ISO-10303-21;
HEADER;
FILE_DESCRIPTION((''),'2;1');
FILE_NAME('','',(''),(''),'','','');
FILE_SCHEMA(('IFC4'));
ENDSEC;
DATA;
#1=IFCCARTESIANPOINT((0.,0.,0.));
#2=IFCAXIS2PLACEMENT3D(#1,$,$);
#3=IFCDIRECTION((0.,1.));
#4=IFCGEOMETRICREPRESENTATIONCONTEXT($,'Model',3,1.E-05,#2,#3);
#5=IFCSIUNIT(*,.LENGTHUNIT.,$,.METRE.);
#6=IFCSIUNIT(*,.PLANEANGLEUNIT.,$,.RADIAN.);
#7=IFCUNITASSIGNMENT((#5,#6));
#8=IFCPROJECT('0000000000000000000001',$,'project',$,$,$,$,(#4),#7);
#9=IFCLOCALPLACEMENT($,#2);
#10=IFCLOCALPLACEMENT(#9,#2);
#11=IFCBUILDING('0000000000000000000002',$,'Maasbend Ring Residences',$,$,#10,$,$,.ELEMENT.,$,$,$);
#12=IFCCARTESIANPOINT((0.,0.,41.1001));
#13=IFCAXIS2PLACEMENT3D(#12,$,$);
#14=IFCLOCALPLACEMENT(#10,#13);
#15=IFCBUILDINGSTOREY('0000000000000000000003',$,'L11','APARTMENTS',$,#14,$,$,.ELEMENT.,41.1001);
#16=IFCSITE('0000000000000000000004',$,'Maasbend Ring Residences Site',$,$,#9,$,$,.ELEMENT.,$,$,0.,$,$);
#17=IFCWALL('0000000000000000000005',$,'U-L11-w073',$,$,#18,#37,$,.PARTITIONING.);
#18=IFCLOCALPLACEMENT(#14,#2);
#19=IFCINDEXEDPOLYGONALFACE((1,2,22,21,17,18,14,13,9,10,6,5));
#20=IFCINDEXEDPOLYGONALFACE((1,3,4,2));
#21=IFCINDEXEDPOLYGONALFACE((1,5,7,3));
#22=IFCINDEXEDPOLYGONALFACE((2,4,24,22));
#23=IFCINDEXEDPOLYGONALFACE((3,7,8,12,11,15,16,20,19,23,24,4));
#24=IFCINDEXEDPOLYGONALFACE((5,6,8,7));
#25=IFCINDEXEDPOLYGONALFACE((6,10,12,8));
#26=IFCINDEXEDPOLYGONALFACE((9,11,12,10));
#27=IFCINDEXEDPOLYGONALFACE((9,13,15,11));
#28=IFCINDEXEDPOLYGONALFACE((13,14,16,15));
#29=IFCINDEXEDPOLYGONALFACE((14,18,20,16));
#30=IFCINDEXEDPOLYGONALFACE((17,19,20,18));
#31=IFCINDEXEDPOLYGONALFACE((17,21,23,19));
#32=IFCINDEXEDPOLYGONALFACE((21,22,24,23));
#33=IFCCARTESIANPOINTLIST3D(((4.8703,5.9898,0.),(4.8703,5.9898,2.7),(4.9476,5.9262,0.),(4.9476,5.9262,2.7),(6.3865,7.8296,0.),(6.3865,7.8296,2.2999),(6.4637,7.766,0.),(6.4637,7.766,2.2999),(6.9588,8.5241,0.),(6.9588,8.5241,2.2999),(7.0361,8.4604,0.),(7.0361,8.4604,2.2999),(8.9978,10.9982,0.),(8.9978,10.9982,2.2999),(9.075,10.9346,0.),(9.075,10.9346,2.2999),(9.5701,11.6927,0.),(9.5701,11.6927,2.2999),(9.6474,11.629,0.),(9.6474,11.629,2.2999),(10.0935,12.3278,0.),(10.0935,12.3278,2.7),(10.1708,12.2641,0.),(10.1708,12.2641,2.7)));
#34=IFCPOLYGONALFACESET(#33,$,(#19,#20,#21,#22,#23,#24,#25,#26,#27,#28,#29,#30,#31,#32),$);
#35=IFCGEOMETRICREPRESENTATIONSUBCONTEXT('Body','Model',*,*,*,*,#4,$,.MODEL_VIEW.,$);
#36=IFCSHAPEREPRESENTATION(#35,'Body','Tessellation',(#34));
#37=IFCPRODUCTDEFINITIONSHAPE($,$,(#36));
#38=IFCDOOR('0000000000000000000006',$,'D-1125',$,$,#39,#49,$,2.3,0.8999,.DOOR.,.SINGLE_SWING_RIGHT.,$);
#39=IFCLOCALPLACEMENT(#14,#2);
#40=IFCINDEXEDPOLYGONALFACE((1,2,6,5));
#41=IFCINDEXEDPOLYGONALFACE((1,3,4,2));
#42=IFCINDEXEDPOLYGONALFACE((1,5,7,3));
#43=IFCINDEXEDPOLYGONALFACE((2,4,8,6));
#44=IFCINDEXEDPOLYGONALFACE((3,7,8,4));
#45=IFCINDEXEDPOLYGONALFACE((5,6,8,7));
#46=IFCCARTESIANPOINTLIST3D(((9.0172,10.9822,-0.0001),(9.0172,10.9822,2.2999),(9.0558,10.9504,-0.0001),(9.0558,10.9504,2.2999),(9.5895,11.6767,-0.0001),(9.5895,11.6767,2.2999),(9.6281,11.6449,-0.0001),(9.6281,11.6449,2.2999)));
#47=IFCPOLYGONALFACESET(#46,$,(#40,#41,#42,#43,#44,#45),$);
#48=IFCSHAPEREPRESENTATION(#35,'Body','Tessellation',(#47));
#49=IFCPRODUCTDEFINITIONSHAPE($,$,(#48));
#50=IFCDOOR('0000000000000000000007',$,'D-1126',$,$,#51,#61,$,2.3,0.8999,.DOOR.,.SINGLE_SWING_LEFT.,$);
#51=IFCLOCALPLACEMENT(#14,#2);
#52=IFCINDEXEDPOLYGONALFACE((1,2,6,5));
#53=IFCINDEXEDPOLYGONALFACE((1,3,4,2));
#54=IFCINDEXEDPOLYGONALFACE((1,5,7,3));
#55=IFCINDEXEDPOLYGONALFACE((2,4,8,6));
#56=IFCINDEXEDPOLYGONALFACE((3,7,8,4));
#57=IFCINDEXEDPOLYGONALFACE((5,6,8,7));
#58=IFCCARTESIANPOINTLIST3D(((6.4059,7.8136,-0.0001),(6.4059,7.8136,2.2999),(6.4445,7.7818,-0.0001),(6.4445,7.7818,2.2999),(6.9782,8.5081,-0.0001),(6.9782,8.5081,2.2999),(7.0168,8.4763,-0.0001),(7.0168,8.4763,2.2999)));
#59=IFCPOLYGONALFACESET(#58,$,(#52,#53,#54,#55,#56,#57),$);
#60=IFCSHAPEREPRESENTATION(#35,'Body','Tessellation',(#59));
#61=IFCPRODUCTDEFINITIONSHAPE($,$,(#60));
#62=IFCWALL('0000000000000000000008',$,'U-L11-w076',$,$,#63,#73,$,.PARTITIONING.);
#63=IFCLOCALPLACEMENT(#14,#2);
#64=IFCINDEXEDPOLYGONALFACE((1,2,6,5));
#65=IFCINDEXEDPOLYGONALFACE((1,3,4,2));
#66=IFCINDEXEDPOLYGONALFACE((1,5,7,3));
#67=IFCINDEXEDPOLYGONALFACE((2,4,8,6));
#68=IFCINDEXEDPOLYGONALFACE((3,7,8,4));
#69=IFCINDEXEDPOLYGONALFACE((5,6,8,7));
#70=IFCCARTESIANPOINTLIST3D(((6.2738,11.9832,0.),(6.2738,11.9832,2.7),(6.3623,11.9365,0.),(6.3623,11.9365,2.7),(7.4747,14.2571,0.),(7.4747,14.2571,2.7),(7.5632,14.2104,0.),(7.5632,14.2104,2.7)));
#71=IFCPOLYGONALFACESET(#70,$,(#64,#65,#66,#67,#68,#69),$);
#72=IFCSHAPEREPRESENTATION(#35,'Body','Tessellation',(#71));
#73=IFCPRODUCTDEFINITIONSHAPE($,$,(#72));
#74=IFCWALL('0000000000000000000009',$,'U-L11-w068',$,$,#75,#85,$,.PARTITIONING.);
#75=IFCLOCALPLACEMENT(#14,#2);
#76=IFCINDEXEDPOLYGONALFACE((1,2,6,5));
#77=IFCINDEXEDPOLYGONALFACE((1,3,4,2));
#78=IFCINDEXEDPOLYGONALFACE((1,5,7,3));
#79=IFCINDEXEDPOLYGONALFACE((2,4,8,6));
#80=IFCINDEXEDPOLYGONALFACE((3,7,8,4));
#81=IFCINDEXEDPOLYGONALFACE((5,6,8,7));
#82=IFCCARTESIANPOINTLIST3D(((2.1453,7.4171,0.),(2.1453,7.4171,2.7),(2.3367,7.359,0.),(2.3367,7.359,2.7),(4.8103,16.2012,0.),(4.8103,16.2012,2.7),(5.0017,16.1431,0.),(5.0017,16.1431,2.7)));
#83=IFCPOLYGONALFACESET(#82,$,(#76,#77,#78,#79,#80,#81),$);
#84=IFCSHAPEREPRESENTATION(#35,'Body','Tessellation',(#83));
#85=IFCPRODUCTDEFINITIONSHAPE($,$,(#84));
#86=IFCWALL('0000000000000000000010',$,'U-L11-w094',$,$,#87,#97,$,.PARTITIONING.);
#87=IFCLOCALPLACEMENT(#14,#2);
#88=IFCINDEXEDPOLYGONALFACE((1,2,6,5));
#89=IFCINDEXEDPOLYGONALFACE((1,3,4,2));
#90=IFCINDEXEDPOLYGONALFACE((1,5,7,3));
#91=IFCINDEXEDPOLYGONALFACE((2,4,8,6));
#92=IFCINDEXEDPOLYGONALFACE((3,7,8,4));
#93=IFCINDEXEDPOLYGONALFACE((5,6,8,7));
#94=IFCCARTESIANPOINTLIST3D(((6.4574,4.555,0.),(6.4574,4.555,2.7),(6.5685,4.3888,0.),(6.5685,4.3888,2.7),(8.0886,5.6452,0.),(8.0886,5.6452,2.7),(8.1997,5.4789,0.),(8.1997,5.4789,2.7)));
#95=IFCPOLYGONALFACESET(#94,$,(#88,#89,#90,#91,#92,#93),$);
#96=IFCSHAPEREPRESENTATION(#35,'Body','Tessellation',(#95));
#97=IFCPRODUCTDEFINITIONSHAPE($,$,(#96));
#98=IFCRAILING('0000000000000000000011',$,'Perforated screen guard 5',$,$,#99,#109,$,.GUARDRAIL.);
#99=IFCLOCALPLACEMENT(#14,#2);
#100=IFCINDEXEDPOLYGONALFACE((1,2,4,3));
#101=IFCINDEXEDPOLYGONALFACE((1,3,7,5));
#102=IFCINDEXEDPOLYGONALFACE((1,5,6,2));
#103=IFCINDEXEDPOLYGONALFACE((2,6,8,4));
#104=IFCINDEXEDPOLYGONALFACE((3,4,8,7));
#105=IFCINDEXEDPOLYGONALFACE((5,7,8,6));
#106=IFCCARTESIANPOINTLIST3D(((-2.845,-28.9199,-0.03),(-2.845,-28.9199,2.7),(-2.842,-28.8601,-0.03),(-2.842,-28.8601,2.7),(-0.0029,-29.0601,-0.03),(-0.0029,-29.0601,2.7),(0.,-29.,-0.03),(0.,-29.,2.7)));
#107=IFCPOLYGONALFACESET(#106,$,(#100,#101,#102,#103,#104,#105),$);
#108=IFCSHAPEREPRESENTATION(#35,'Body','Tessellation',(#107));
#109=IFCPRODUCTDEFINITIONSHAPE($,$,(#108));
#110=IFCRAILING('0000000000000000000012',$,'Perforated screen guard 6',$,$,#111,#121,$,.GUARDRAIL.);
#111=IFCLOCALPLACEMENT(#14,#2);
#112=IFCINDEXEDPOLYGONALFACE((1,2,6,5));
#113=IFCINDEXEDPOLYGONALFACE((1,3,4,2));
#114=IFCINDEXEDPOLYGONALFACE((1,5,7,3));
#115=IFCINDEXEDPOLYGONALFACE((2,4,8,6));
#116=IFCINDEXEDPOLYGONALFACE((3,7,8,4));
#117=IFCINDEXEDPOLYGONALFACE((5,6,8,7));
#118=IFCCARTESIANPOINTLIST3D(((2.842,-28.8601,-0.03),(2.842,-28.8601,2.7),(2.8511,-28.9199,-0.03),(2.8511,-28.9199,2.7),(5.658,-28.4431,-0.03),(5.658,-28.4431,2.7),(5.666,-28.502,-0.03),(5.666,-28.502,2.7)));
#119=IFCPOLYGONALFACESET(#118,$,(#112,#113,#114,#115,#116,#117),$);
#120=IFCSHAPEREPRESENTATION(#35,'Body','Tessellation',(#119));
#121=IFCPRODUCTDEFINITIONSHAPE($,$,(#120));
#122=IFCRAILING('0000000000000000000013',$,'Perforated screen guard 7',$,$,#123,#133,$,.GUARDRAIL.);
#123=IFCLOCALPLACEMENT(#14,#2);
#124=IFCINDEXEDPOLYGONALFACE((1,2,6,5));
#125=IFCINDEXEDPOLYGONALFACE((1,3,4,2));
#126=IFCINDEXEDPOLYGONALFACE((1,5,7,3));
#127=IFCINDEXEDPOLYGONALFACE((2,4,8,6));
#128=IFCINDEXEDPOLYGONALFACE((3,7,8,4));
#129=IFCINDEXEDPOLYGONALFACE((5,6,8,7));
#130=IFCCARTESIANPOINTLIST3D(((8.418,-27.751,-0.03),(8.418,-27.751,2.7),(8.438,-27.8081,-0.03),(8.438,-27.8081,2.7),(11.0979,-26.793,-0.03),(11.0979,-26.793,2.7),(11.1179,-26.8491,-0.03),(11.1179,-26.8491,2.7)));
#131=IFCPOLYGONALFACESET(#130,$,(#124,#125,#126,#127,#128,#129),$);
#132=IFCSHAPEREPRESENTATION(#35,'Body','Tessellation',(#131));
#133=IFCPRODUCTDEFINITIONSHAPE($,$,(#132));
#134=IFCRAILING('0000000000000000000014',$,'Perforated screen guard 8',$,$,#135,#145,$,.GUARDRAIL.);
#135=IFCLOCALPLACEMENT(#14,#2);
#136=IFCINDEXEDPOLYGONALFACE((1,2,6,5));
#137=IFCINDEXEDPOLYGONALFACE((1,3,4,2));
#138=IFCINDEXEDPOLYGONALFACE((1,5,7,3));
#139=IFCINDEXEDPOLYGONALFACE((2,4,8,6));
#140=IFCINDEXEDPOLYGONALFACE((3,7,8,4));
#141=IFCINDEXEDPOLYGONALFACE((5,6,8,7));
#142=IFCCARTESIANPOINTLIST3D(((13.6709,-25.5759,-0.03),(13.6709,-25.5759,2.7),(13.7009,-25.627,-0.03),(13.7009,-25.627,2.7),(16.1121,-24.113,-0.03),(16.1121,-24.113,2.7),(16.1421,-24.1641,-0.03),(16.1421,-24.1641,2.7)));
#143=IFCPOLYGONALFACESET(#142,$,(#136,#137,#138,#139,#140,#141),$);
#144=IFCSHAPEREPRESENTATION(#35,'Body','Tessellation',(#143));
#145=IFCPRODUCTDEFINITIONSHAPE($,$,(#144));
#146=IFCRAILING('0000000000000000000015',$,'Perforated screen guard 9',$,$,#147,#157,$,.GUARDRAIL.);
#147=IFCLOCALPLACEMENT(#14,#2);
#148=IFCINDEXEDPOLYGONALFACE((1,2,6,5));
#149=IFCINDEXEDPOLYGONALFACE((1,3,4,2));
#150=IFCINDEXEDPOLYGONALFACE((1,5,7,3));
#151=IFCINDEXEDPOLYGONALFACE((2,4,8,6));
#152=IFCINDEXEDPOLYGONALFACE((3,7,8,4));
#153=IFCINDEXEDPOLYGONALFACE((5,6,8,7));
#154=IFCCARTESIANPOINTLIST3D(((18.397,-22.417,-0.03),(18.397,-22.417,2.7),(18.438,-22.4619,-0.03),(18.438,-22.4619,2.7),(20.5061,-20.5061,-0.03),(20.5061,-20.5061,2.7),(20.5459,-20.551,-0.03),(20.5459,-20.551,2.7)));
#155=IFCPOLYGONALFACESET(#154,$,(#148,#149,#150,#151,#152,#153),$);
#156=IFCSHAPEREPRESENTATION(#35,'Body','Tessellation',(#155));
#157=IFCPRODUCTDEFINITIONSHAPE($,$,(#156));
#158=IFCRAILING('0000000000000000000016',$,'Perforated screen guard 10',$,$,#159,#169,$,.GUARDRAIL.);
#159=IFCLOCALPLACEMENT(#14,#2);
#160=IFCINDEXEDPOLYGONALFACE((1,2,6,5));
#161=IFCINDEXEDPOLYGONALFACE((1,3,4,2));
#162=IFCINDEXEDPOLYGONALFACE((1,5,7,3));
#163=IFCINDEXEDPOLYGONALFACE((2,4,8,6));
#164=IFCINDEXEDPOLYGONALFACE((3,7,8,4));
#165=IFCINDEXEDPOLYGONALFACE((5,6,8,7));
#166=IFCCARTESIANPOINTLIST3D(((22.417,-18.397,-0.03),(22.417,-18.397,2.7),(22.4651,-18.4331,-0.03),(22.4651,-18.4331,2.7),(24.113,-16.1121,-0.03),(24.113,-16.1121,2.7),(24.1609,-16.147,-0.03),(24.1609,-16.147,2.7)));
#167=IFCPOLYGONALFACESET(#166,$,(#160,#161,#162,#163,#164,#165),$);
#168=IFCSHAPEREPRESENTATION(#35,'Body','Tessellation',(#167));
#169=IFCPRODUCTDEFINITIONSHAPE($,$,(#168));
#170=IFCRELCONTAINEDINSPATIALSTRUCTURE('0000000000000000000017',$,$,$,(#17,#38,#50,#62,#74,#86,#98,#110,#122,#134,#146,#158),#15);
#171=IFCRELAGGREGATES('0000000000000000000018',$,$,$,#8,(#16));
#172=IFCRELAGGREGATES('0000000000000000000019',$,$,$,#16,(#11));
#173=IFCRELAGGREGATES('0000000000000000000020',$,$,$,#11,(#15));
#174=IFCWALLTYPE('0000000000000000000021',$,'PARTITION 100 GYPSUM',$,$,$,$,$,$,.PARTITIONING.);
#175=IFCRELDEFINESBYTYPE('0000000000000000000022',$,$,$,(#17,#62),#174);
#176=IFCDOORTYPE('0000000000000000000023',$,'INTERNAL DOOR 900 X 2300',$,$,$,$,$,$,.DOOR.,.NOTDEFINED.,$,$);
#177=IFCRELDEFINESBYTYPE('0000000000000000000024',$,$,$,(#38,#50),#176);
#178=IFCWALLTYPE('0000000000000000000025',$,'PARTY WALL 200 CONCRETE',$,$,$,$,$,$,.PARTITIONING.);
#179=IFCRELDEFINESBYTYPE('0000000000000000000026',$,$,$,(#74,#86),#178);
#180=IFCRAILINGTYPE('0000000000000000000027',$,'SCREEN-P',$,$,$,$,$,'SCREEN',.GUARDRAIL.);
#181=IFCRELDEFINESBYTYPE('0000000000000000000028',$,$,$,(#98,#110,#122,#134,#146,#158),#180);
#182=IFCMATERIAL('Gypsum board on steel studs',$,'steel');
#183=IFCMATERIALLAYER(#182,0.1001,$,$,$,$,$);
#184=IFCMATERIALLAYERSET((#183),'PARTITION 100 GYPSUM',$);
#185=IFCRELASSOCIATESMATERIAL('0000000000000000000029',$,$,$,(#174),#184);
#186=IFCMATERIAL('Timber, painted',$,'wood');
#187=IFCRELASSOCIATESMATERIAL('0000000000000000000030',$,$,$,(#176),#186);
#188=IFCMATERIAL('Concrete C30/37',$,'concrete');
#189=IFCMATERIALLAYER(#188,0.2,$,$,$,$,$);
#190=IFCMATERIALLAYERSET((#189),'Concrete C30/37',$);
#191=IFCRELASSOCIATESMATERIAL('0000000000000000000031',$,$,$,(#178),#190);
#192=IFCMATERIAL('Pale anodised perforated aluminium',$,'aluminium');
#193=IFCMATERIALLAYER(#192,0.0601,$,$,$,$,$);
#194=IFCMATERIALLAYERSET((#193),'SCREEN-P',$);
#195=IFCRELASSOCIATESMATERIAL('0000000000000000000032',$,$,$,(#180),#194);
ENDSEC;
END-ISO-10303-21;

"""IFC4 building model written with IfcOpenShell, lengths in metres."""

from ifc_helpers import new_model, si_unit, direction, frame, frame_2d, origin, place, context, subcontext, project, spatial, polyline, rectangle, outline, extrude, material, layer, layer_set, type_object, element, fill, save


model = new_model("IFC4")

# Units and contexts
model_context = context("Model", 3, precision=1e-05, world=origin(), true_north=direction((0.0, 1.0)))
body_context = subcontext(model_context, "Body", "Model", "MODEL_VIEW")
ifc_project = project(units=[si_unit("LENGTHUNIT", "METRE"), si_unit("PLANEANGLEUNIT", "RADIAN")], contexts=[model_context])

# Site, building, storey
site_placement = place(None, origin())
site = spatial("IfcSite", under=ifc_project, at=site_placement, Name="Maasbend Ring Residences Site", CompositionType="ELEMENT", RefElevation=0.0)
building_placement = place(site_placement, origin())
building = spatial("IfcBuilding", under=site, at=building_placement, Name="Maasbend Ring Residences", CompositionType="ELEMENT")
storey_placement = place(building_placement, frame((0.0, 0.0, 41.1001)))
storey = spatial("IfcBuildingStorey", under=building, at=storey_placement, Name="L11", Description="APARTMENTS", CompositionType="ELEMENT", Elevation=41.1001)

# Wall, openings, doors
ifc_material_1 = material(Name="Gypsum board on steel studs", Category="steel")
ifc_layer_1 = layer(ifc_material_1, 0.1001)
ifc_layer_set_1 = layer_set([ifc_layer_1], Name="PARTITION 100 GYPSUM")
wall_type_1 = type_object("IfcWallType", Name="PARTITION 100 GYPSUM", PredefinedType="PARTITIONING", material=ifc_layer_set_1)
ifc_material_2 = material(Name="Timber, painted", Category="wood")
door_type = type_object("IfcDoorType", Name="INTERNAL DOOR 900 X 2300", OperationType="NOTDEFINED", PredefinedType="DOOR", material=ifc_material_2)
wall_1_placement = place(storey_placement, frame((4.9089, 5.958, 0.0), z_axis=(0.0, 0.0, 1.0), x_axis=(0.635976, 0.771709, 0.0)))
wall_1 = element("IfcWall", 1, at=wall_1_placement, inside=storey, type_object=wall_type_1, Name="U-L11-w073", PredefinedType="PARTITIONING", context=body_context, shape_type="SweptSolid", body=[
    extrude(rectangle(XDim=8.2129, YDim=0.1001, at=frame_2d((4.1064, 0.0))), origin(), (0.0, 0.0, 1.0), 2.7),
])
opening_1_placement = place(wall_1_placement, frame((6.49, 0.0, 0.0)))
opening_1 = element("IfcOpeningElement", 2, at=opening_1_placement, cuts=wall_1, PredefinedType="OPENING", context=body_context, shape_type="SweptSolid", body=[
    extrude(rectangle(XDim=0.8999, YDim=2.3, at=frame_2d((0.45, 1.1499))), frame((0.0, 0.0601, 0.0), z_axis=(0.0, -1.0, 0.0), x_axis=(1.0, 0.0, 0.0)), (0.0, 0.0, 1.0), 0.1201),
])
opening_2_placement = place(wall_1_placement, frame((2.384, 0.0, 0.0)))
opening_2 = element("IfcOpeningElement", 3, at=opening_2_placement, cuts=wall_1, PredefinedType="OPENING", context=body_context, shape_type="SweptSolid", body=[
    extrude(rectangle(XDim=0.8999, YDim=2.3, at=frame_2d((0.45, 1.1499))), frame((0.0, 0.0601, 0.0), z_axis=(0.0, -1.0, 0.0), x_axis=(1.0, 0.0, 0.0)), (0.0, 0.0, 1.0), 0.1201),
])
door_1_placement = place(opening_1_placement, origin())
door_1 = element("IfcDoor", 4, at=door_1_placement, inside=storey, type_object=door_type, Name="D-1125", OperationType="SINGLE_SWING_RIGHT", OverallHeight=2.3, OverallWidth=0.8999, PredefinedType="DOOR", context=body_context, shape_type="SweptSolid", body=[
    extrude(rectangle(XDim=0.8999, YDim=2.3, at=frame_2d((0.45, 1.1499))), frame((0.0, 0.0249, 0.0), z_axis=(0.0, -1.0, 0.0), x_axis=(1.0, 0.0, 0.0)), (0.0, 0.0, 1.0), 0.05),
])
fill(opening_1, door_1)
door_2_placement = place(opening_2_placement, origin())
door_2 = element("IfcDoor", 5, at=door_2_placement, inside=storey, type_object=door_type, Name="D-1126", OperationType="SINGLE_SWING_LEFT", OverallHeight=2.3, OverallWidth=0.8999, PredefinedType="DOOR", context=body_context, shape_type="SweptSolid", body=[
    extrude(rectangle(XDim=0.8999, YDim=2.3, at=frame_2d((0.45, 1.1499))), frame((0.0, 0.0249, 0.0), z_axis=(0.0, -1.0, 0.0), x_axis=(1.0, 0.0, 0.0)), (0.0, 0.0, 1.0), 0.05),
])
fill(opening_2, door_2)

# Walls
wall_2_placement = place(storey_placement, frame((6.3181, 11.96, 0.0), z_axis=(0.0, 0.0, 1.0), x_axis=(0.467002, 0.884256, 0.0)))
element("IfcWall", 6, at=wall_2_placement, inside=storey, type_object=wall_type_1, Name="U-L11-w076", PredefinedType="PARTITIONING", context=body_context, shape_type="SweptSolid", body=[
    extrude(rectangle(XDim=2.5715, YDim=0.1001, at=frame_2d((1.2856, 0.0))), origin(), (0.0, 0.0, 1.0), 2.7),
])
ifc_material_3 = material(Name="Concrete C30/37", Category="concrete")
ifc_layer_2 = layer(ifc_material_3, 0.2)
ifc_layer_set_2 = layer_set([ifc_layer_2], Name="Concrete C30/37")
wall_type_2 = type_object("IfcWallType", Name="PARTY WALL 200 CONCRETE", PredefinedType="PARTITIONING", material=ifc_layer_set_2)
wall_3_placement = place(storey_placement, frame((2.241, 7.3879, 0.0), z_axis=(0.0, 0.0, 1.0), x_axis=(0.290323, 0.956929, 0.0)))
element("IfcWall", 7, at=wall_3_placement, inside=storey, type_object=wall_type_2, Name="U-L11-w068", PredefinedType="PARTITIONING", context=body_context, shape_type="SweptSolid", body=[
    extrude(rectangle(XDim=9.1794, YDim=0.2, at=frame_2d((4.5898, 0.0))), origin(), (0.0, 0.0, 1.0), 2.7),
])
wall_4_placement = place(storey_placement, frame((6.5129, 4.4719, 0.0), z_axis=(0.0, 0.0, 1.0), x_axis=(0.831418, 0.555648, 0.0)))
element("IfcWall", 8, at=wall_4_placement, inside=storey, type_object=wall_type_2, Name="U-L11-w094", PredefinedType="PARTITIONING", context=body_context, shape_type="SweptSolid", body=[
    extrude(rectangle(XDim=1.9619, YDim=0.2, at=frame_2d((0.981, 0.0))), origin(), (0.0, 0.0, 1.0), 2.7),
])

# Railings
ifc_material_4 = material(Name="Pale anodised perforated aluminium", Category="aluminium")
ifc_layer_3 = layer(ifc_material_4, 0.0601)
ifc_layer_set_3 = layer_set([ifc_layer_3], Name="SCREEN-P")
railing_type = type_object("IfcRailingType", Name="SCREEN-P", ElementType="SCREEN", PredefinedType="GUARDRAIL", material=ifc_layer_set_3)
railing_1_placement = place(storey_placement, frame((0.0, 0.0, -0.03)))
element("IfcRailing", 9, at=railing_1_placement, inside=storey, type_object=railing_type, Name="Perforated screen guard 5", PredefinedType="GUARDRAIL", context=body_context, shape_type="SweptSolid", body=[
    extrude(outline(polyline([(-2.842, -28.8601), (0.0, -29.0), (-0.0029, -29.0601), (-2.845, -28.9199), (-2.842, -28.8601)])), origin(), (0.0, 0.0, 1.0), 2.73),
])
railing_2_placement = place(storey_placement, frame((0.0, 0.0, -0.03)))
element("IfcRailing", 10, at=railing_2_placement, inside=storey, type_object=railing_type, Name="Perforated screen guard 6", PredefinedType="GUARDRAIL", context=body_context, shape_type="SweptSolid", body=[
    extrude(outline(polyline([(2.842, -28.8601), (5.658, -28.4431), (5.666, -28.502), (2.8511, -28.9199), (2.842, -28.8601)])), origin(), (0.0, 0.0, 1.0), 2.73),
])
railing_3_placement = place(storey_placement, frame((0.0, 0.0, -0.03)))
element("IfcRailing", 11, at=railing_3_placement, inside=storey, type_object=railing_type, Name="Perforated screen guard 7", PredefinedType="GUARDRAIL", context=body_context, shape_type="SweptSolid", body=[
    extrude(outline(polyline([(8.418, -27.751), (11.0979, -26.793), (11.1179, -26.8491), (8.438, -27.8081), (8.418, -27.751)])), origin(), (0.0, 0.0, 1.0), 2.73),
])
railing_4_placement = place(storey_placement, frame((0.0, 0.0, -0.03)))
element("IfcRailing", 12, at=railing_4_placement, inside=storey, type_object=railing_type, Name="Perforated screen guard 8", PredefinedType="GUARDRAIL", context=body_context, shape_type="SweptSolid", body=[
    extrude(outline(polyline([(13.6709, -25.5759), (16.1121, -24.113), (16.1421, -24.1641), (13.7009, -25.627), (13.6709, -25.5759)])), origin(), (0.0, 0.0, 1.0), 2.73),
])
railing_5_placement = place(storey_placement, frame((0.0, 0.0, -0.03)))
element("IfcRailing", 13, at=railing_5_placement, inside=storey, type_object=railing_type, Name="Perforated screen guard 9", PredefinedType="GUARDRAIL", context=body_context, shape_type="SweptSolid", body=[
    extrude(outline(polyline([(18.397, -22.417), (20.5061, -20.5061), (20.5459, -20.551), (18.438, -22.4619), (18.397, -22.417)])), origin(), (0.0, 0.0, 1.0), 2.73),
])
railing_6_placement = place(storey_placement, frame((0.0, 0.0, -0.03)))
element("IfcRailing", 14, at=railing_6_placement, inside=storey, type_object=railing_type, Name="Perforated screen guard 10", PredefinedType="GUARDRAIL", context=body_context, shape_type="SweptSolid", body=[
    extrude(outline(polyline([(22.417, -18.397), (24.113, -16.1121), (24.1609, -16.147), (22.4651, -18.4331), (22.417, -18.397)])), origin(), (0.0, 0.0, 1.0), 2.73),
])

save(model, "model.ifc")
